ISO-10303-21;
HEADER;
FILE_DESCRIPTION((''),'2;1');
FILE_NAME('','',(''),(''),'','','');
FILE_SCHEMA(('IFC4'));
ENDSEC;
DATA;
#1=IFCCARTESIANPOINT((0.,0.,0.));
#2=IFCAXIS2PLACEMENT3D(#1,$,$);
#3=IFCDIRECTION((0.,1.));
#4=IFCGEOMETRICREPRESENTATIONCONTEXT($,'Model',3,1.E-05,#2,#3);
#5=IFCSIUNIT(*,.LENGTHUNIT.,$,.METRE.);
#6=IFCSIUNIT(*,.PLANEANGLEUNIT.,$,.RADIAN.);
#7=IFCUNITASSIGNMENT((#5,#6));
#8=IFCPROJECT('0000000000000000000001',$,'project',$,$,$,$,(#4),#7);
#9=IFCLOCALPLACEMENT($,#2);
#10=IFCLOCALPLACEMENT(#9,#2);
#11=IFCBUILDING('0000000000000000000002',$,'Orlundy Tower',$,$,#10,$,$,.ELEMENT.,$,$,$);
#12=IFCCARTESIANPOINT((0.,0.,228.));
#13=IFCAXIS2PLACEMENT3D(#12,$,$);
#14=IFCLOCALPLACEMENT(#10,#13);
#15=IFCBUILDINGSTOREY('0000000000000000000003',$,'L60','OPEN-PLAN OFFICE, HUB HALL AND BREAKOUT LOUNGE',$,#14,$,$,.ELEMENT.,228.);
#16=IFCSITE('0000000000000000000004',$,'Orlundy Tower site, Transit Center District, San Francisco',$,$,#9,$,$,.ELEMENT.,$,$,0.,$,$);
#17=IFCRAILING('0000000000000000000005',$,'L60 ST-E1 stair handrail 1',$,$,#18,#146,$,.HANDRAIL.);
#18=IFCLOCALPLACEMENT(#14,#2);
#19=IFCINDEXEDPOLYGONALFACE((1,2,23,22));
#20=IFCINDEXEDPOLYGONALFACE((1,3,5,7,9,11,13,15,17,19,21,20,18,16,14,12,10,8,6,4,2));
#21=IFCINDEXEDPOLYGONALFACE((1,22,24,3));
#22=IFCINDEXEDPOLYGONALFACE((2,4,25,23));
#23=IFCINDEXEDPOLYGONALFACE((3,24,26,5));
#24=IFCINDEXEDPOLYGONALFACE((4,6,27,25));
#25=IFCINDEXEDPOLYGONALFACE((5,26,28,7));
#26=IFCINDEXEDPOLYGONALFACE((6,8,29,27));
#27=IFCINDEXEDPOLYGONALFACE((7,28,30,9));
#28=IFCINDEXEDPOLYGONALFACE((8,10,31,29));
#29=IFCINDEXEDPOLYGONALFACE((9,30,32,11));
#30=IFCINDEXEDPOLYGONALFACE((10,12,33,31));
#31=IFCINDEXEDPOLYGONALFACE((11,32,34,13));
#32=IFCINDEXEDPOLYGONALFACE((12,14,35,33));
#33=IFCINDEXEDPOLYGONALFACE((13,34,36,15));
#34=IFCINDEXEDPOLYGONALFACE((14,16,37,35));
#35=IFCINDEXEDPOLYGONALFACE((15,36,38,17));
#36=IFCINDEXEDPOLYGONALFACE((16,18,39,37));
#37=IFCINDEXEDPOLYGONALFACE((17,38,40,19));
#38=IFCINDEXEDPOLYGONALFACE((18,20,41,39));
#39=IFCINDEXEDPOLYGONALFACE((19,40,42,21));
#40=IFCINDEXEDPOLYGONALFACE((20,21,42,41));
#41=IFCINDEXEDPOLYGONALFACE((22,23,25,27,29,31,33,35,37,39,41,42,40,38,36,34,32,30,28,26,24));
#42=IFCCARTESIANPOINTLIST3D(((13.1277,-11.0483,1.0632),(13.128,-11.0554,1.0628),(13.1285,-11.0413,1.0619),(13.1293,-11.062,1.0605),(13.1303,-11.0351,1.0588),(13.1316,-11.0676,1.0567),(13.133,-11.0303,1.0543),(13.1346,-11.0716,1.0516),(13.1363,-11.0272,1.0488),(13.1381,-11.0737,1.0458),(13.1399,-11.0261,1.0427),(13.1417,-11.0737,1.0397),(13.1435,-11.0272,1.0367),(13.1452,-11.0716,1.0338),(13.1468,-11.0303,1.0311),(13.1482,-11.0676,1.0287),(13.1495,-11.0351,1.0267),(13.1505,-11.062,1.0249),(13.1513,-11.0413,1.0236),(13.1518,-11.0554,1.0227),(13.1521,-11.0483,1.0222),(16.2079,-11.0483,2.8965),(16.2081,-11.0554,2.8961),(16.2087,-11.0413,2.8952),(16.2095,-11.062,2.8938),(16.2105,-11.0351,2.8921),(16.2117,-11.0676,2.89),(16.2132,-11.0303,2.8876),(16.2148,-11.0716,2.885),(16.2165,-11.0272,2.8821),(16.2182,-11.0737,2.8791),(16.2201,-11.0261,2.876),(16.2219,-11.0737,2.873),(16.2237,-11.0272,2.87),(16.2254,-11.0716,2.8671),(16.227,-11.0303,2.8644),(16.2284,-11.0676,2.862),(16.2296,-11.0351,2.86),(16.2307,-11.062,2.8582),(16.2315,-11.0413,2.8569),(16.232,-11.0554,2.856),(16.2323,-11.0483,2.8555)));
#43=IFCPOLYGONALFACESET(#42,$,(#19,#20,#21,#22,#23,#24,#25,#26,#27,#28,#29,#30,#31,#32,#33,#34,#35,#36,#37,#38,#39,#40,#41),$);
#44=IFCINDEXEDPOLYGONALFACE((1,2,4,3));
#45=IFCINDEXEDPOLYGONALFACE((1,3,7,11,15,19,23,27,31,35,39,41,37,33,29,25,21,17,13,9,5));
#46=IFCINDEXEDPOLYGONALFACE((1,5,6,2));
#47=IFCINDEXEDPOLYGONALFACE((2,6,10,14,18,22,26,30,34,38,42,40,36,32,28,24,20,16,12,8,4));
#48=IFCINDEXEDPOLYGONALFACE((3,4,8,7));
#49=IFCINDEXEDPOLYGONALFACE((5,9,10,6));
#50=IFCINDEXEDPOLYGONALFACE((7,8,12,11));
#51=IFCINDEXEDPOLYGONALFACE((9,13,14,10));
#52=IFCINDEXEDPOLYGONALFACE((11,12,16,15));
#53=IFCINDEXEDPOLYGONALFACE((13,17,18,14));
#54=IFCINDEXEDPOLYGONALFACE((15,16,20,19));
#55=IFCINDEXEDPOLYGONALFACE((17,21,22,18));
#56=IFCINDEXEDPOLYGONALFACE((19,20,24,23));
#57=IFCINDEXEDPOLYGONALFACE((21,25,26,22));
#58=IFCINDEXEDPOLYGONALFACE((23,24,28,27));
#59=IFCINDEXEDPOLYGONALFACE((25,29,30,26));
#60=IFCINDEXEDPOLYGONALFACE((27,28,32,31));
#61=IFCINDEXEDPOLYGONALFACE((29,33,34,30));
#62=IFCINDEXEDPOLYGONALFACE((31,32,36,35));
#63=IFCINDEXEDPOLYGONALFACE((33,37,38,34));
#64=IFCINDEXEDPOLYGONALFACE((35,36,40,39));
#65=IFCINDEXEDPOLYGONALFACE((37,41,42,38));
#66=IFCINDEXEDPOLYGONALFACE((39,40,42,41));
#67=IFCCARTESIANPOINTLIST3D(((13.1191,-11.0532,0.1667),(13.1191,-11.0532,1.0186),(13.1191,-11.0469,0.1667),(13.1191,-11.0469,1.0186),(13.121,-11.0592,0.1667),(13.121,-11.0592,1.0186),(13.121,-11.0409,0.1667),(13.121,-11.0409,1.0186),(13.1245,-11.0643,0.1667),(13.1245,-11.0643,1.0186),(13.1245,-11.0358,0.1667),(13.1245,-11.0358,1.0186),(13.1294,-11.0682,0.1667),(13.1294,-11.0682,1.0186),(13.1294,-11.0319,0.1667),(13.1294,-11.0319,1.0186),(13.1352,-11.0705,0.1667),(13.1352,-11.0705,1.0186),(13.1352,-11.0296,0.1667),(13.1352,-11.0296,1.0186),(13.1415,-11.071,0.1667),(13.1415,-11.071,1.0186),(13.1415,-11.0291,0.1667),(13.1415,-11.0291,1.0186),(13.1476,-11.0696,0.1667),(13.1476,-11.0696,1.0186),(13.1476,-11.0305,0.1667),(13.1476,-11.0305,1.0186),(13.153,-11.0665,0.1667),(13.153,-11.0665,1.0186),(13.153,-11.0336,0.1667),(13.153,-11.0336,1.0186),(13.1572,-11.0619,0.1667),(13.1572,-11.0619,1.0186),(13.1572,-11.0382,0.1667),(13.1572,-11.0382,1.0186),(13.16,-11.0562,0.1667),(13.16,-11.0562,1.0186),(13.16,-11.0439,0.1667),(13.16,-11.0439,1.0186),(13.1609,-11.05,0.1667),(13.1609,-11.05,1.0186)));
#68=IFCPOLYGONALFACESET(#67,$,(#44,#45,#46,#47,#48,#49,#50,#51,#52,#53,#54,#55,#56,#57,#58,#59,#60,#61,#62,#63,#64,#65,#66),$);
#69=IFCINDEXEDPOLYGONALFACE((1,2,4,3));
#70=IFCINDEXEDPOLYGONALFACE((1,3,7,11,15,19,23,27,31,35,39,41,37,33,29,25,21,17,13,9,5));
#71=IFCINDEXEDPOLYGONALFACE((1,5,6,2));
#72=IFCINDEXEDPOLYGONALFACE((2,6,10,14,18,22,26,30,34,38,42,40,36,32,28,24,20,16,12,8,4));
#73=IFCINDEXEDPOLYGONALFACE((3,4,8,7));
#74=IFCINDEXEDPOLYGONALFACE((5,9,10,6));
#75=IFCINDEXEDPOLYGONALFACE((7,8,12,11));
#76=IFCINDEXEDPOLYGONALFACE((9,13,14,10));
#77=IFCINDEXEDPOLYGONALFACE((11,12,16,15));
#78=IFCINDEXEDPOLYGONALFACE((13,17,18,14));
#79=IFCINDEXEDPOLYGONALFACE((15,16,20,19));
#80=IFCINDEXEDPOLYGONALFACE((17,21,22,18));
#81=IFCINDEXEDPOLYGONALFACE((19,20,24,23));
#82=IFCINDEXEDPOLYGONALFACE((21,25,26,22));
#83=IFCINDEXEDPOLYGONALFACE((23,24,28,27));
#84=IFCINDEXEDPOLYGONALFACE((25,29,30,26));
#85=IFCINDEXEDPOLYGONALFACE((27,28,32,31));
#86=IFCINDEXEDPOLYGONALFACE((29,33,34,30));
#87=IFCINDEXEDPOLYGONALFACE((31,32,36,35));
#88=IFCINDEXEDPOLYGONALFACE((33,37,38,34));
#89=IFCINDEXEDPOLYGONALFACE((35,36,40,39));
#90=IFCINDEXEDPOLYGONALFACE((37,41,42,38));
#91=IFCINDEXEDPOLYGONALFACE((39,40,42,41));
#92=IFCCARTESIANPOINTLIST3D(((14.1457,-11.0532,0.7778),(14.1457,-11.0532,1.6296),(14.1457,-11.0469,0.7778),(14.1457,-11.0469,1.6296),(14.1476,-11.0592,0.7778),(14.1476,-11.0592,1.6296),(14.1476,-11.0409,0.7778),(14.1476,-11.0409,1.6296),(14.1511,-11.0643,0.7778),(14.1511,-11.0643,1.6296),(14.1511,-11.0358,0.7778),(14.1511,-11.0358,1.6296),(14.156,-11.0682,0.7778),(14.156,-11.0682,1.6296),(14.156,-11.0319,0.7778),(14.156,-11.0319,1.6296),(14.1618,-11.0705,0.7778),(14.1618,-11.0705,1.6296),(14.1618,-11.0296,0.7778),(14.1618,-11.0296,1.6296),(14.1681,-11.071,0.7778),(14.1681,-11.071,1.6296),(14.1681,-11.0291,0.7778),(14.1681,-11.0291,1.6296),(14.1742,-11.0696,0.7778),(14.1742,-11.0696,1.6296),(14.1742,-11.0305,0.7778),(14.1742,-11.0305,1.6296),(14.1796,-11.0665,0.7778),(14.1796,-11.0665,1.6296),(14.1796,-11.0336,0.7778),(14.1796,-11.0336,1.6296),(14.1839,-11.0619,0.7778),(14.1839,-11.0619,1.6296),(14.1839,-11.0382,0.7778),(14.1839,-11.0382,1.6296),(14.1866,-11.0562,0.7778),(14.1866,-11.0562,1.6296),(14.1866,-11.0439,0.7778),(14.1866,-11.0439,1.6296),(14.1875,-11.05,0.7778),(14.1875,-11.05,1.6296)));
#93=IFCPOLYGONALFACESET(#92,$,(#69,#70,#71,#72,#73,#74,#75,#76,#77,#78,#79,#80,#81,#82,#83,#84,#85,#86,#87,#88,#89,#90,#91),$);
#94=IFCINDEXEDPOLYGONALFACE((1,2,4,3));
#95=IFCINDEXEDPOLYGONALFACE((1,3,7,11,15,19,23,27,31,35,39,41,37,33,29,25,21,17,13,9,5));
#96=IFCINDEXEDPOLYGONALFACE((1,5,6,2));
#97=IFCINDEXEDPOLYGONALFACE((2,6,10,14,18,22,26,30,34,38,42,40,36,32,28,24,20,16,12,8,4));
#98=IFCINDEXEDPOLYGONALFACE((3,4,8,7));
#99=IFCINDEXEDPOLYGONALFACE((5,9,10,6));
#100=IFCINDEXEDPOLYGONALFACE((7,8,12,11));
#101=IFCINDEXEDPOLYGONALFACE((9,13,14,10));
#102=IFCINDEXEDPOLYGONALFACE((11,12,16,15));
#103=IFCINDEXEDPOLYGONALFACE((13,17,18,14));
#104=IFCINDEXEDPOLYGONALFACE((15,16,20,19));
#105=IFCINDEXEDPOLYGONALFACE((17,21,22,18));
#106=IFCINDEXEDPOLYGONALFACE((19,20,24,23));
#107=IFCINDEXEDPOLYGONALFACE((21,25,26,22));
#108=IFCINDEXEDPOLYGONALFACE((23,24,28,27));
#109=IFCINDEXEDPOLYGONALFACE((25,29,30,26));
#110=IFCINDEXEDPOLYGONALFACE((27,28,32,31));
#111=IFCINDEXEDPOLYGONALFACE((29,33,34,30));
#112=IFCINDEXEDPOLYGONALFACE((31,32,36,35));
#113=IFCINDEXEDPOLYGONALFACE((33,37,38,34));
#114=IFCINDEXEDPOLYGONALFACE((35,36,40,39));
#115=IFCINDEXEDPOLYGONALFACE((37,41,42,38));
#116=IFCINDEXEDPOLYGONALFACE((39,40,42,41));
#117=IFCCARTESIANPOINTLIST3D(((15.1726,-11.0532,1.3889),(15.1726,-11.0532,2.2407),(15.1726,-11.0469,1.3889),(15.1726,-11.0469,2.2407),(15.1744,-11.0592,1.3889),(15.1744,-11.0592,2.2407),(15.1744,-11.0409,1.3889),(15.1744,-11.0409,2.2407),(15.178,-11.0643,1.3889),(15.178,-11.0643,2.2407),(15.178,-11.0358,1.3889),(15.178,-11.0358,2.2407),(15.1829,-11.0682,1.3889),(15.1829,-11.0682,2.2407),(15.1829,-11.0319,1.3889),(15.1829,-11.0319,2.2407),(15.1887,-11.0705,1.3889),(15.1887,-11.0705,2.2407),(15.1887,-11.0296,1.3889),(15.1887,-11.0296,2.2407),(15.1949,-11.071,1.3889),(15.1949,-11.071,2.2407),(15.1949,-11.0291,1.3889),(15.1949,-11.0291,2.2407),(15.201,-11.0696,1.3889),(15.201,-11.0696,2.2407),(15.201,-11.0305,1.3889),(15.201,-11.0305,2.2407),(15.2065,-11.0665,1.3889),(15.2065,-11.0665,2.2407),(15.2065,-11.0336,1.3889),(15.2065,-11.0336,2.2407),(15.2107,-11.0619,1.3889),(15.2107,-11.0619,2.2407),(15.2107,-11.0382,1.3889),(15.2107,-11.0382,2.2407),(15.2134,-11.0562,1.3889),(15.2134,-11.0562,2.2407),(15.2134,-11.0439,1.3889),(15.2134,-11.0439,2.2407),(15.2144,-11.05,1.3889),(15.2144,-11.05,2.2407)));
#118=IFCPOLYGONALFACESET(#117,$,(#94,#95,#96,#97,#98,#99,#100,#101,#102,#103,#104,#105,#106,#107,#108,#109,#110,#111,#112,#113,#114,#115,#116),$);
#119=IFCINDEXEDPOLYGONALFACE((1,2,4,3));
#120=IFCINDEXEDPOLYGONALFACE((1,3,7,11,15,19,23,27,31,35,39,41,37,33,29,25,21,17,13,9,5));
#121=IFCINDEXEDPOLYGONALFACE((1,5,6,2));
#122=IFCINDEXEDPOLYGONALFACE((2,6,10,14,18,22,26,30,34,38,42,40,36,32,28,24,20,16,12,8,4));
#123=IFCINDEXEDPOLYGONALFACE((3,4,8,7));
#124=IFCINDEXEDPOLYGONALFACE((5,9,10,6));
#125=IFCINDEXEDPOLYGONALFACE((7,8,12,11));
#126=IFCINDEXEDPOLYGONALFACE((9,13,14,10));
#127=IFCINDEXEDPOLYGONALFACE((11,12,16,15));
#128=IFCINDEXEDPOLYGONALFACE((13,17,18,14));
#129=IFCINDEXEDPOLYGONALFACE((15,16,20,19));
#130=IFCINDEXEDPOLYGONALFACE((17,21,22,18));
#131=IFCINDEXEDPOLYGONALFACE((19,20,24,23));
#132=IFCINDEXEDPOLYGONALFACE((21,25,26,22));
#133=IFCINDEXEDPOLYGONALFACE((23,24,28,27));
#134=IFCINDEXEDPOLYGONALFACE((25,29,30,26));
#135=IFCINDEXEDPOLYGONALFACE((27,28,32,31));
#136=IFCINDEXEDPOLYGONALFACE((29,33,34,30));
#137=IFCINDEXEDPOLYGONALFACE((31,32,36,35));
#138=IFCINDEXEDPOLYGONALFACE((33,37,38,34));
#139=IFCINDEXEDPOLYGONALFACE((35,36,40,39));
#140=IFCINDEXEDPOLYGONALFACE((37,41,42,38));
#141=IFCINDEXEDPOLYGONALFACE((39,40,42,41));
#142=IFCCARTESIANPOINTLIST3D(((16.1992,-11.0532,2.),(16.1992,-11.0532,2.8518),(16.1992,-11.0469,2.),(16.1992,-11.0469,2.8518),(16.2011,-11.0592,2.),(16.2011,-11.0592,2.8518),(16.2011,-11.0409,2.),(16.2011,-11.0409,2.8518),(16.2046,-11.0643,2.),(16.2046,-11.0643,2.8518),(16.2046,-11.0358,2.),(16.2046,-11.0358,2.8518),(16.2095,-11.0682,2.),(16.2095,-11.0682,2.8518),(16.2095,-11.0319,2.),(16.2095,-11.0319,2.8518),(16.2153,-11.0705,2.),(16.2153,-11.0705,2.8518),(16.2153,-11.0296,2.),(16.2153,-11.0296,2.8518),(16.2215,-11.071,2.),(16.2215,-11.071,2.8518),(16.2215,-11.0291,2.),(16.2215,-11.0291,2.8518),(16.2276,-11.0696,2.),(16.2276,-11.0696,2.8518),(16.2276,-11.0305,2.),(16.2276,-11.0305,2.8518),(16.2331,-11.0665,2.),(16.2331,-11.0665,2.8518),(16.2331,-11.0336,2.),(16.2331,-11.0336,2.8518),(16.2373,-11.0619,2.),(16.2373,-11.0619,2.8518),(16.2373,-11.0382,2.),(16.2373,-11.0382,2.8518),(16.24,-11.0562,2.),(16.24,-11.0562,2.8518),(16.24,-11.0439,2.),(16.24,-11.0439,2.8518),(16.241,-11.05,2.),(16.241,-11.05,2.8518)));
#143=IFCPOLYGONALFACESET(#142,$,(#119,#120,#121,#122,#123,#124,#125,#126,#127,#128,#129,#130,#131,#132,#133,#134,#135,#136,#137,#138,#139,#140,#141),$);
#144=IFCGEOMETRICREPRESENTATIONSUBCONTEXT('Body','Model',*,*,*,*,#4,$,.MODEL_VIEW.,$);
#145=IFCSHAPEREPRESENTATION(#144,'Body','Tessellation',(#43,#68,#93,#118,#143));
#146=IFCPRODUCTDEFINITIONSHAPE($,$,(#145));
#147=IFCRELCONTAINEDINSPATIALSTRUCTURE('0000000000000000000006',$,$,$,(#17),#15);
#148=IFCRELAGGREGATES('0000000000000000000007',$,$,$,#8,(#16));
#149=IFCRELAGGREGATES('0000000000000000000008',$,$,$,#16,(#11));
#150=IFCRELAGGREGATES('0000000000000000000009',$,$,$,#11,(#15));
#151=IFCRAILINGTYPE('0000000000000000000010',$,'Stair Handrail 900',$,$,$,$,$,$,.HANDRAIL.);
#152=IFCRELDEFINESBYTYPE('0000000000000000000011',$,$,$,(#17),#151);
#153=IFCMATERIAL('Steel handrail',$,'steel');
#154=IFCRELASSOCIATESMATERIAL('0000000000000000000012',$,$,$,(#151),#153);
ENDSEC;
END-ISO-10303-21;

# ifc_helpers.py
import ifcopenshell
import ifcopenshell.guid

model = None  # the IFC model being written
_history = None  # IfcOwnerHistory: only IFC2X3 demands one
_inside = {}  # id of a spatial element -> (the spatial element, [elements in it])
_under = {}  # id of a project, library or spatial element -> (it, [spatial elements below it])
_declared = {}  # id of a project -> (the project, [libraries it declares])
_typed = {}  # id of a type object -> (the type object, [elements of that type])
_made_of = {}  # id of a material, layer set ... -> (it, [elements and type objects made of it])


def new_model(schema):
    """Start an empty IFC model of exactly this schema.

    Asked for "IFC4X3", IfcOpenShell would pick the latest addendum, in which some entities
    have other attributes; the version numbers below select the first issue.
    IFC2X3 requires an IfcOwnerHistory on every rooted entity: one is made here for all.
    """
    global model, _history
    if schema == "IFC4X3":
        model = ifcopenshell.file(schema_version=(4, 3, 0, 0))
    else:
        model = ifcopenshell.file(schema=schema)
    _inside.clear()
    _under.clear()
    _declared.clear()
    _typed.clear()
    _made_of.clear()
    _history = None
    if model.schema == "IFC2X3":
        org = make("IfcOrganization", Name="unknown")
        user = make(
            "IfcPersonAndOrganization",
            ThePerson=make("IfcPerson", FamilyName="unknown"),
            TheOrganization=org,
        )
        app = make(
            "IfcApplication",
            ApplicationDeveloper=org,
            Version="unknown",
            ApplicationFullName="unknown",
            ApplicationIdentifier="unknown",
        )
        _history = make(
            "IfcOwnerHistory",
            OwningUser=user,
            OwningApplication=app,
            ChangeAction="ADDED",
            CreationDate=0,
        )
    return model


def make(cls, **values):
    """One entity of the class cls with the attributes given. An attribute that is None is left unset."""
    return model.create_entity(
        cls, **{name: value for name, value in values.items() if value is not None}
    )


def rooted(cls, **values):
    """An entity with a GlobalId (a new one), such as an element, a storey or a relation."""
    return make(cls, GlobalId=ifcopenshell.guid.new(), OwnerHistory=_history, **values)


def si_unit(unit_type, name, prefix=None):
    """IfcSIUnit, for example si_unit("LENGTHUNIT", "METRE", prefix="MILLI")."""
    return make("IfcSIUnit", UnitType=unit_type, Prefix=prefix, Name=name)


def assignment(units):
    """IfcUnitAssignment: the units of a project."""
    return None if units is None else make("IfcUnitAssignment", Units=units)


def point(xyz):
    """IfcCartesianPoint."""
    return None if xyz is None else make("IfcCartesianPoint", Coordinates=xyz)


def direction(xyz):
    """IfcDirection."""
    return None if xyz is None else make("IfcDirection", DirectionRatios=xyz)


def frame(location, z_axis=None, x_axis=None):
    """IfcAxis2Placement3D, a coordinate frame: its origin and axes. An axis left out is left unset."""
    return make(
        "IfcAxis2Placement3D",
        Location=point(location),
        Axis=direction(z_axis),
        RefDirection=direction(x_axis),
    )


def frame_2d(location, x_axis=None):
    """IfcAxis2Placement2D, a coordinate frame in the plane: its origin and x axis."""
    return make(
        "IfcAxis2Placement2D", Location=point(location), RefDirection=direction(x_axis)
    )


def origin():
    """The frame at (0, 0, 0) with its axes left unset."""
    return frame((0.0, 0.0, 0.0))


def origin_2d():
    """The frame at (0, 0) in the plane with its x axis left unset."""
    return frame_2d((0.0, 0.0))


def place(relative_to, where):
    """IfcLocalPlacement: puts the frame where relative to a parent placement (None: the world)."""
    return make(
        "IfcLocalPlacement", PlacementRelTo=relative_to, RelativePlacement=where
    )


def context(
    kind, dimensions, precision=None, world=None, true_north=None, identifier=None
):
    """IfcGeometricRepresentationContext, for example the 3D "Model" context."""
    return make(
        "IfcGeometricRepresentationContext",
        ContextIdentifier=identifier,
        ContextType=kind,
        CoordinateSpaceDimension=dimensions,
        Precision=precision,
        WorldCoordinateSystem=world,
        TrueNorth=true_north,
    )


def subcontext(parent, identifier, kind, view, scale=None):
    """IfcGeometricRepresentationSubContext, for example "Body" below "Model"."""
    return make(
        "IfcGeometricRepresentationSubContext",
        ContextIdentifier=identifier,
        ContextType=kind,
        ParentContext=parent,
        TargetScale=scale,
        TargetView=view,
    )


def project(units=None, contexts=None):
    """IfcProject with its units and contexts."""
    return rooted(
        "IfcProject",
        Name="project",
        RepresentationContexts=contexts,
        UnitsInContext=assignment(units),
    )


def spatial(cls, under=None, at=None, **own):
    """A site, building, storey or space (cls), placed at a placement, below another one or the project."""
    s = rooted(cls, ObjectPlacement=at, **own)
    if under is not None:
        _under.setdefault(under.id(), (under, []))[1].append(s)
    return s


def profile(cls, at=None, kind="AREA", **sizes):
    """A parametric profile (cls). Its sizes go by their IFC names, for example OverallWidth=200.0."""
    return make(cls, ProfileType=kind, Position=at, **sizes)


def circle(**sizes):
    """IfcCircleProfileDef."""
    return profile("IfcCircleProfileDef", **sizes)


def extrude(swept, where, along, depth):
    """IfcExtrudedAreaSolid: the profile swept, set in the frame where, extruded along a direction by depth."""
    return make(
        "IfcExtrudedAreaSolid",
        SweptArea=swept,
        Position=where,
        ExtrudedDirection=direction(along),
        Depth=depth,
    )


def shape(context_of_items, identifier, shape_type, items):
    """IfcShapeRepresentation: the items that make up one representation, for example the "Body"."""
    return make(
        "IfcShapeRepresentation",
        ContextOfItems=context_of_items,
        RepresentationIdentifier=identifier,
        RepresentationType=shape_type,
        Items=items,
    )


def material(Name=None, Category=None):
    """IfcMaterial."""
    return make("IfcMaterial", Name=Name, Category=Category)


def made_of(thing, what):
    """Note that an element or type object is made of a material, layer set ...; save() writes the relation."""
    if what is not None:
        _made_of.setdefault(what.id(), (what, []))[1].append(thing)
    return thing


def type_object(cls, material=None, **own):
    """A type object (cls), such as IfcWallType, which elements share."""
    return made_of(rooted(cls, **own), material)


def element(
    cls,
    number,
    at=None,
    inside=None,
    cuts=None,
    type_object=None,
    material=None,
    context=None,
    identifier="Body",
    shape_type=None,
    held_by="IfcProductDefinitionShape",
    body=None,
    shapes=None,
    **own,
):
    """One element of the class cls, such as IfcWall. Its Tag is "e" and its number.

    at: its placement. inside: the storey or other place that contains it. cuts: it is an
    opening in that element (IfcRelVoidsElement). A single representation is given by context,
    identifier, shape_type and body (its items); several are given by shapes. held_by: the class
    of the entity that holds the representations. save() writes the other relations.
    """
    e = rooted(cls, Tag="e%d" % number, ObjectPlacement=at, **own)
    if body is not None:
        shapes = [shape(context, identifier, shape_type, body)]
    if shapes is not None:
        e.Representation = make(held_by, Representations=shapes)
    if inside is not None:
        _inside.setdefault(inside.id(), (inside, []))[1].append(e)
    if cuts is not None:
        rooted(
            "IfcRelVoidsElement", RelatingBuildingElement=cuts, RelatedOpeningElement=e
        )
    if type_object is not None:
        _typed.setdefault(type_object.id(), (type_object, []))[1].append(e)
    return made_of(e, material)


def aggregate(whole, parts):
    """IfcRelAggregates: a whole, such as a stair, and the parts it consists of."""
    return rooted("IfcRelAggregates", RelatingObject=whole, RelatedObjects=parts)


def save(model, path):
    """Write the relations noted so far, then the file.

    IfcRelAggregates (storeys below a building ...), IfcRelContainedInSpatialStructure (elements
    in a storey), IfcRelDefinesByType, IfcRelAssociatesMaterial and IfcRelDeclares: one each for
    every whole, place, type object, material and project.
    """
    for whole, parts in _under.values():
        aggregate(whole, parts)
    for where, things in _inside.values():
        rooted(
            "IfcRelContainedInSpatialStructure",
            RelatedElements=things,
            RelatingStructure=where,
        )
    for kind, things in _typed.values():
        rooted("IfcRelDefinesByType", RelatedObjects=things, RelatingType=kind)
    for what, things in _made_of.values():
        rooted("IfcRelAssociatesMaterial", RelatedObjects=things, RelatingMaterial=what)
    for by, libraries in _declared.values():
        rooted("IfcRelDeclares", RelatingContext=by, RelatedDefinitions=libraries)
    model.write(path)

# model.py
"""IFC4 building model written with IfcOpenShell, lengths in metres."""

from ifc_helpers import new_model, si_unit, direction, frame, origin, origin_2d, place, context, subcontext, project, spatial, circle, extrude, material, type_object, element, save


model = new_model("IFC4")

# Units and contexts
model_context = context("Model", 3, precision=1e-05, world=origin(), true_north=direction((0.0, 1.0)))
body_context = subcontext(model_context, "Body", "Model", "MODEL_VIEW")
ifc_project = project(units=[si_unit("LENGTHUNIT", "METRE"), si_unit("PLANEANGLEUNIT", "RADIAN")], contexts=[model_context])

# Site, building, storey
site_placement = place(None, origin())
site = spatial("IfcSite", under=ifc_project, at=site_placement, Name="Orlundy Tower site, Transit Center District, San Francisco", CompositionType="ELEMENT", RefElevation=0.0)
building_placement = place(site_placement, origin())
building = spatial("IfcBuilding", under=site, at=building_placement, Name="Orlundy Tower", CompositionType="ELEMENT")
storey_placement = place(building_placement, frame((0.0, 0.0, 228.0)))
storey = spatial("IfcBuildingStorey", under=building, at=storey_placement, Name="L60", Description="OPEN-PLAN OFFICE, HUB HALL AND BREAKOUT LOUNGE", CompositionType="ELEMENT", Elevation=228.0)

# Railing
ifc_material_1 = material(Name="Steel handrail", Category="steel")
railing_type_1 = type_object("IfcRailingType", Name="Stair Handrail 900", PredefinedType="HANDRAIL", material=ifc_material_1)
railing_1_placement = place(storey_placement, frame((13.1399, -11.05, 0.1667)))
element("IfcRailing", 1, at=railing_1_placement, inside=storey, type_object=railing_type_1, Name="L60 ST-E1 stair handrail 1", PredefinedType="HANDRAIL", context=body_context, shape_type="SweptSolid", body=[
    extrude(circle(Radius=0.0239, at=origin_2d()), frame((0.0, 0.0, 0.876), z_axis=(0.859309, 0.0, 0.511458), x_axis=(0.0, 1.0, 0.0)), (0.0, 0.0, 1.0), 3.5845),
    extrude(circle(Radius=0.021, at=origin_2d()), origin(), (0.0, 0.0, 1.0), 0.8518),
    extrude(circle(Radius=0.021, at=origin_2d()), frame((1.0266, 0.0, 0.6111)), (0.0, 0.0, 1.0), 0.8518),
    extrude(circle(Radius=0.021, at=origin_2d()), frame((2.0535, 0.0, 1.2222)), (0.0, 0.0, 1.0), 0.8518),
    extrude(circle(Radius=0.021, at=origin_2d()), frame((3.0801, 0.0, 1.8333)), (0.0, 0.0, 1.0), 0.8518),
])

save(model, "model.ifc")
